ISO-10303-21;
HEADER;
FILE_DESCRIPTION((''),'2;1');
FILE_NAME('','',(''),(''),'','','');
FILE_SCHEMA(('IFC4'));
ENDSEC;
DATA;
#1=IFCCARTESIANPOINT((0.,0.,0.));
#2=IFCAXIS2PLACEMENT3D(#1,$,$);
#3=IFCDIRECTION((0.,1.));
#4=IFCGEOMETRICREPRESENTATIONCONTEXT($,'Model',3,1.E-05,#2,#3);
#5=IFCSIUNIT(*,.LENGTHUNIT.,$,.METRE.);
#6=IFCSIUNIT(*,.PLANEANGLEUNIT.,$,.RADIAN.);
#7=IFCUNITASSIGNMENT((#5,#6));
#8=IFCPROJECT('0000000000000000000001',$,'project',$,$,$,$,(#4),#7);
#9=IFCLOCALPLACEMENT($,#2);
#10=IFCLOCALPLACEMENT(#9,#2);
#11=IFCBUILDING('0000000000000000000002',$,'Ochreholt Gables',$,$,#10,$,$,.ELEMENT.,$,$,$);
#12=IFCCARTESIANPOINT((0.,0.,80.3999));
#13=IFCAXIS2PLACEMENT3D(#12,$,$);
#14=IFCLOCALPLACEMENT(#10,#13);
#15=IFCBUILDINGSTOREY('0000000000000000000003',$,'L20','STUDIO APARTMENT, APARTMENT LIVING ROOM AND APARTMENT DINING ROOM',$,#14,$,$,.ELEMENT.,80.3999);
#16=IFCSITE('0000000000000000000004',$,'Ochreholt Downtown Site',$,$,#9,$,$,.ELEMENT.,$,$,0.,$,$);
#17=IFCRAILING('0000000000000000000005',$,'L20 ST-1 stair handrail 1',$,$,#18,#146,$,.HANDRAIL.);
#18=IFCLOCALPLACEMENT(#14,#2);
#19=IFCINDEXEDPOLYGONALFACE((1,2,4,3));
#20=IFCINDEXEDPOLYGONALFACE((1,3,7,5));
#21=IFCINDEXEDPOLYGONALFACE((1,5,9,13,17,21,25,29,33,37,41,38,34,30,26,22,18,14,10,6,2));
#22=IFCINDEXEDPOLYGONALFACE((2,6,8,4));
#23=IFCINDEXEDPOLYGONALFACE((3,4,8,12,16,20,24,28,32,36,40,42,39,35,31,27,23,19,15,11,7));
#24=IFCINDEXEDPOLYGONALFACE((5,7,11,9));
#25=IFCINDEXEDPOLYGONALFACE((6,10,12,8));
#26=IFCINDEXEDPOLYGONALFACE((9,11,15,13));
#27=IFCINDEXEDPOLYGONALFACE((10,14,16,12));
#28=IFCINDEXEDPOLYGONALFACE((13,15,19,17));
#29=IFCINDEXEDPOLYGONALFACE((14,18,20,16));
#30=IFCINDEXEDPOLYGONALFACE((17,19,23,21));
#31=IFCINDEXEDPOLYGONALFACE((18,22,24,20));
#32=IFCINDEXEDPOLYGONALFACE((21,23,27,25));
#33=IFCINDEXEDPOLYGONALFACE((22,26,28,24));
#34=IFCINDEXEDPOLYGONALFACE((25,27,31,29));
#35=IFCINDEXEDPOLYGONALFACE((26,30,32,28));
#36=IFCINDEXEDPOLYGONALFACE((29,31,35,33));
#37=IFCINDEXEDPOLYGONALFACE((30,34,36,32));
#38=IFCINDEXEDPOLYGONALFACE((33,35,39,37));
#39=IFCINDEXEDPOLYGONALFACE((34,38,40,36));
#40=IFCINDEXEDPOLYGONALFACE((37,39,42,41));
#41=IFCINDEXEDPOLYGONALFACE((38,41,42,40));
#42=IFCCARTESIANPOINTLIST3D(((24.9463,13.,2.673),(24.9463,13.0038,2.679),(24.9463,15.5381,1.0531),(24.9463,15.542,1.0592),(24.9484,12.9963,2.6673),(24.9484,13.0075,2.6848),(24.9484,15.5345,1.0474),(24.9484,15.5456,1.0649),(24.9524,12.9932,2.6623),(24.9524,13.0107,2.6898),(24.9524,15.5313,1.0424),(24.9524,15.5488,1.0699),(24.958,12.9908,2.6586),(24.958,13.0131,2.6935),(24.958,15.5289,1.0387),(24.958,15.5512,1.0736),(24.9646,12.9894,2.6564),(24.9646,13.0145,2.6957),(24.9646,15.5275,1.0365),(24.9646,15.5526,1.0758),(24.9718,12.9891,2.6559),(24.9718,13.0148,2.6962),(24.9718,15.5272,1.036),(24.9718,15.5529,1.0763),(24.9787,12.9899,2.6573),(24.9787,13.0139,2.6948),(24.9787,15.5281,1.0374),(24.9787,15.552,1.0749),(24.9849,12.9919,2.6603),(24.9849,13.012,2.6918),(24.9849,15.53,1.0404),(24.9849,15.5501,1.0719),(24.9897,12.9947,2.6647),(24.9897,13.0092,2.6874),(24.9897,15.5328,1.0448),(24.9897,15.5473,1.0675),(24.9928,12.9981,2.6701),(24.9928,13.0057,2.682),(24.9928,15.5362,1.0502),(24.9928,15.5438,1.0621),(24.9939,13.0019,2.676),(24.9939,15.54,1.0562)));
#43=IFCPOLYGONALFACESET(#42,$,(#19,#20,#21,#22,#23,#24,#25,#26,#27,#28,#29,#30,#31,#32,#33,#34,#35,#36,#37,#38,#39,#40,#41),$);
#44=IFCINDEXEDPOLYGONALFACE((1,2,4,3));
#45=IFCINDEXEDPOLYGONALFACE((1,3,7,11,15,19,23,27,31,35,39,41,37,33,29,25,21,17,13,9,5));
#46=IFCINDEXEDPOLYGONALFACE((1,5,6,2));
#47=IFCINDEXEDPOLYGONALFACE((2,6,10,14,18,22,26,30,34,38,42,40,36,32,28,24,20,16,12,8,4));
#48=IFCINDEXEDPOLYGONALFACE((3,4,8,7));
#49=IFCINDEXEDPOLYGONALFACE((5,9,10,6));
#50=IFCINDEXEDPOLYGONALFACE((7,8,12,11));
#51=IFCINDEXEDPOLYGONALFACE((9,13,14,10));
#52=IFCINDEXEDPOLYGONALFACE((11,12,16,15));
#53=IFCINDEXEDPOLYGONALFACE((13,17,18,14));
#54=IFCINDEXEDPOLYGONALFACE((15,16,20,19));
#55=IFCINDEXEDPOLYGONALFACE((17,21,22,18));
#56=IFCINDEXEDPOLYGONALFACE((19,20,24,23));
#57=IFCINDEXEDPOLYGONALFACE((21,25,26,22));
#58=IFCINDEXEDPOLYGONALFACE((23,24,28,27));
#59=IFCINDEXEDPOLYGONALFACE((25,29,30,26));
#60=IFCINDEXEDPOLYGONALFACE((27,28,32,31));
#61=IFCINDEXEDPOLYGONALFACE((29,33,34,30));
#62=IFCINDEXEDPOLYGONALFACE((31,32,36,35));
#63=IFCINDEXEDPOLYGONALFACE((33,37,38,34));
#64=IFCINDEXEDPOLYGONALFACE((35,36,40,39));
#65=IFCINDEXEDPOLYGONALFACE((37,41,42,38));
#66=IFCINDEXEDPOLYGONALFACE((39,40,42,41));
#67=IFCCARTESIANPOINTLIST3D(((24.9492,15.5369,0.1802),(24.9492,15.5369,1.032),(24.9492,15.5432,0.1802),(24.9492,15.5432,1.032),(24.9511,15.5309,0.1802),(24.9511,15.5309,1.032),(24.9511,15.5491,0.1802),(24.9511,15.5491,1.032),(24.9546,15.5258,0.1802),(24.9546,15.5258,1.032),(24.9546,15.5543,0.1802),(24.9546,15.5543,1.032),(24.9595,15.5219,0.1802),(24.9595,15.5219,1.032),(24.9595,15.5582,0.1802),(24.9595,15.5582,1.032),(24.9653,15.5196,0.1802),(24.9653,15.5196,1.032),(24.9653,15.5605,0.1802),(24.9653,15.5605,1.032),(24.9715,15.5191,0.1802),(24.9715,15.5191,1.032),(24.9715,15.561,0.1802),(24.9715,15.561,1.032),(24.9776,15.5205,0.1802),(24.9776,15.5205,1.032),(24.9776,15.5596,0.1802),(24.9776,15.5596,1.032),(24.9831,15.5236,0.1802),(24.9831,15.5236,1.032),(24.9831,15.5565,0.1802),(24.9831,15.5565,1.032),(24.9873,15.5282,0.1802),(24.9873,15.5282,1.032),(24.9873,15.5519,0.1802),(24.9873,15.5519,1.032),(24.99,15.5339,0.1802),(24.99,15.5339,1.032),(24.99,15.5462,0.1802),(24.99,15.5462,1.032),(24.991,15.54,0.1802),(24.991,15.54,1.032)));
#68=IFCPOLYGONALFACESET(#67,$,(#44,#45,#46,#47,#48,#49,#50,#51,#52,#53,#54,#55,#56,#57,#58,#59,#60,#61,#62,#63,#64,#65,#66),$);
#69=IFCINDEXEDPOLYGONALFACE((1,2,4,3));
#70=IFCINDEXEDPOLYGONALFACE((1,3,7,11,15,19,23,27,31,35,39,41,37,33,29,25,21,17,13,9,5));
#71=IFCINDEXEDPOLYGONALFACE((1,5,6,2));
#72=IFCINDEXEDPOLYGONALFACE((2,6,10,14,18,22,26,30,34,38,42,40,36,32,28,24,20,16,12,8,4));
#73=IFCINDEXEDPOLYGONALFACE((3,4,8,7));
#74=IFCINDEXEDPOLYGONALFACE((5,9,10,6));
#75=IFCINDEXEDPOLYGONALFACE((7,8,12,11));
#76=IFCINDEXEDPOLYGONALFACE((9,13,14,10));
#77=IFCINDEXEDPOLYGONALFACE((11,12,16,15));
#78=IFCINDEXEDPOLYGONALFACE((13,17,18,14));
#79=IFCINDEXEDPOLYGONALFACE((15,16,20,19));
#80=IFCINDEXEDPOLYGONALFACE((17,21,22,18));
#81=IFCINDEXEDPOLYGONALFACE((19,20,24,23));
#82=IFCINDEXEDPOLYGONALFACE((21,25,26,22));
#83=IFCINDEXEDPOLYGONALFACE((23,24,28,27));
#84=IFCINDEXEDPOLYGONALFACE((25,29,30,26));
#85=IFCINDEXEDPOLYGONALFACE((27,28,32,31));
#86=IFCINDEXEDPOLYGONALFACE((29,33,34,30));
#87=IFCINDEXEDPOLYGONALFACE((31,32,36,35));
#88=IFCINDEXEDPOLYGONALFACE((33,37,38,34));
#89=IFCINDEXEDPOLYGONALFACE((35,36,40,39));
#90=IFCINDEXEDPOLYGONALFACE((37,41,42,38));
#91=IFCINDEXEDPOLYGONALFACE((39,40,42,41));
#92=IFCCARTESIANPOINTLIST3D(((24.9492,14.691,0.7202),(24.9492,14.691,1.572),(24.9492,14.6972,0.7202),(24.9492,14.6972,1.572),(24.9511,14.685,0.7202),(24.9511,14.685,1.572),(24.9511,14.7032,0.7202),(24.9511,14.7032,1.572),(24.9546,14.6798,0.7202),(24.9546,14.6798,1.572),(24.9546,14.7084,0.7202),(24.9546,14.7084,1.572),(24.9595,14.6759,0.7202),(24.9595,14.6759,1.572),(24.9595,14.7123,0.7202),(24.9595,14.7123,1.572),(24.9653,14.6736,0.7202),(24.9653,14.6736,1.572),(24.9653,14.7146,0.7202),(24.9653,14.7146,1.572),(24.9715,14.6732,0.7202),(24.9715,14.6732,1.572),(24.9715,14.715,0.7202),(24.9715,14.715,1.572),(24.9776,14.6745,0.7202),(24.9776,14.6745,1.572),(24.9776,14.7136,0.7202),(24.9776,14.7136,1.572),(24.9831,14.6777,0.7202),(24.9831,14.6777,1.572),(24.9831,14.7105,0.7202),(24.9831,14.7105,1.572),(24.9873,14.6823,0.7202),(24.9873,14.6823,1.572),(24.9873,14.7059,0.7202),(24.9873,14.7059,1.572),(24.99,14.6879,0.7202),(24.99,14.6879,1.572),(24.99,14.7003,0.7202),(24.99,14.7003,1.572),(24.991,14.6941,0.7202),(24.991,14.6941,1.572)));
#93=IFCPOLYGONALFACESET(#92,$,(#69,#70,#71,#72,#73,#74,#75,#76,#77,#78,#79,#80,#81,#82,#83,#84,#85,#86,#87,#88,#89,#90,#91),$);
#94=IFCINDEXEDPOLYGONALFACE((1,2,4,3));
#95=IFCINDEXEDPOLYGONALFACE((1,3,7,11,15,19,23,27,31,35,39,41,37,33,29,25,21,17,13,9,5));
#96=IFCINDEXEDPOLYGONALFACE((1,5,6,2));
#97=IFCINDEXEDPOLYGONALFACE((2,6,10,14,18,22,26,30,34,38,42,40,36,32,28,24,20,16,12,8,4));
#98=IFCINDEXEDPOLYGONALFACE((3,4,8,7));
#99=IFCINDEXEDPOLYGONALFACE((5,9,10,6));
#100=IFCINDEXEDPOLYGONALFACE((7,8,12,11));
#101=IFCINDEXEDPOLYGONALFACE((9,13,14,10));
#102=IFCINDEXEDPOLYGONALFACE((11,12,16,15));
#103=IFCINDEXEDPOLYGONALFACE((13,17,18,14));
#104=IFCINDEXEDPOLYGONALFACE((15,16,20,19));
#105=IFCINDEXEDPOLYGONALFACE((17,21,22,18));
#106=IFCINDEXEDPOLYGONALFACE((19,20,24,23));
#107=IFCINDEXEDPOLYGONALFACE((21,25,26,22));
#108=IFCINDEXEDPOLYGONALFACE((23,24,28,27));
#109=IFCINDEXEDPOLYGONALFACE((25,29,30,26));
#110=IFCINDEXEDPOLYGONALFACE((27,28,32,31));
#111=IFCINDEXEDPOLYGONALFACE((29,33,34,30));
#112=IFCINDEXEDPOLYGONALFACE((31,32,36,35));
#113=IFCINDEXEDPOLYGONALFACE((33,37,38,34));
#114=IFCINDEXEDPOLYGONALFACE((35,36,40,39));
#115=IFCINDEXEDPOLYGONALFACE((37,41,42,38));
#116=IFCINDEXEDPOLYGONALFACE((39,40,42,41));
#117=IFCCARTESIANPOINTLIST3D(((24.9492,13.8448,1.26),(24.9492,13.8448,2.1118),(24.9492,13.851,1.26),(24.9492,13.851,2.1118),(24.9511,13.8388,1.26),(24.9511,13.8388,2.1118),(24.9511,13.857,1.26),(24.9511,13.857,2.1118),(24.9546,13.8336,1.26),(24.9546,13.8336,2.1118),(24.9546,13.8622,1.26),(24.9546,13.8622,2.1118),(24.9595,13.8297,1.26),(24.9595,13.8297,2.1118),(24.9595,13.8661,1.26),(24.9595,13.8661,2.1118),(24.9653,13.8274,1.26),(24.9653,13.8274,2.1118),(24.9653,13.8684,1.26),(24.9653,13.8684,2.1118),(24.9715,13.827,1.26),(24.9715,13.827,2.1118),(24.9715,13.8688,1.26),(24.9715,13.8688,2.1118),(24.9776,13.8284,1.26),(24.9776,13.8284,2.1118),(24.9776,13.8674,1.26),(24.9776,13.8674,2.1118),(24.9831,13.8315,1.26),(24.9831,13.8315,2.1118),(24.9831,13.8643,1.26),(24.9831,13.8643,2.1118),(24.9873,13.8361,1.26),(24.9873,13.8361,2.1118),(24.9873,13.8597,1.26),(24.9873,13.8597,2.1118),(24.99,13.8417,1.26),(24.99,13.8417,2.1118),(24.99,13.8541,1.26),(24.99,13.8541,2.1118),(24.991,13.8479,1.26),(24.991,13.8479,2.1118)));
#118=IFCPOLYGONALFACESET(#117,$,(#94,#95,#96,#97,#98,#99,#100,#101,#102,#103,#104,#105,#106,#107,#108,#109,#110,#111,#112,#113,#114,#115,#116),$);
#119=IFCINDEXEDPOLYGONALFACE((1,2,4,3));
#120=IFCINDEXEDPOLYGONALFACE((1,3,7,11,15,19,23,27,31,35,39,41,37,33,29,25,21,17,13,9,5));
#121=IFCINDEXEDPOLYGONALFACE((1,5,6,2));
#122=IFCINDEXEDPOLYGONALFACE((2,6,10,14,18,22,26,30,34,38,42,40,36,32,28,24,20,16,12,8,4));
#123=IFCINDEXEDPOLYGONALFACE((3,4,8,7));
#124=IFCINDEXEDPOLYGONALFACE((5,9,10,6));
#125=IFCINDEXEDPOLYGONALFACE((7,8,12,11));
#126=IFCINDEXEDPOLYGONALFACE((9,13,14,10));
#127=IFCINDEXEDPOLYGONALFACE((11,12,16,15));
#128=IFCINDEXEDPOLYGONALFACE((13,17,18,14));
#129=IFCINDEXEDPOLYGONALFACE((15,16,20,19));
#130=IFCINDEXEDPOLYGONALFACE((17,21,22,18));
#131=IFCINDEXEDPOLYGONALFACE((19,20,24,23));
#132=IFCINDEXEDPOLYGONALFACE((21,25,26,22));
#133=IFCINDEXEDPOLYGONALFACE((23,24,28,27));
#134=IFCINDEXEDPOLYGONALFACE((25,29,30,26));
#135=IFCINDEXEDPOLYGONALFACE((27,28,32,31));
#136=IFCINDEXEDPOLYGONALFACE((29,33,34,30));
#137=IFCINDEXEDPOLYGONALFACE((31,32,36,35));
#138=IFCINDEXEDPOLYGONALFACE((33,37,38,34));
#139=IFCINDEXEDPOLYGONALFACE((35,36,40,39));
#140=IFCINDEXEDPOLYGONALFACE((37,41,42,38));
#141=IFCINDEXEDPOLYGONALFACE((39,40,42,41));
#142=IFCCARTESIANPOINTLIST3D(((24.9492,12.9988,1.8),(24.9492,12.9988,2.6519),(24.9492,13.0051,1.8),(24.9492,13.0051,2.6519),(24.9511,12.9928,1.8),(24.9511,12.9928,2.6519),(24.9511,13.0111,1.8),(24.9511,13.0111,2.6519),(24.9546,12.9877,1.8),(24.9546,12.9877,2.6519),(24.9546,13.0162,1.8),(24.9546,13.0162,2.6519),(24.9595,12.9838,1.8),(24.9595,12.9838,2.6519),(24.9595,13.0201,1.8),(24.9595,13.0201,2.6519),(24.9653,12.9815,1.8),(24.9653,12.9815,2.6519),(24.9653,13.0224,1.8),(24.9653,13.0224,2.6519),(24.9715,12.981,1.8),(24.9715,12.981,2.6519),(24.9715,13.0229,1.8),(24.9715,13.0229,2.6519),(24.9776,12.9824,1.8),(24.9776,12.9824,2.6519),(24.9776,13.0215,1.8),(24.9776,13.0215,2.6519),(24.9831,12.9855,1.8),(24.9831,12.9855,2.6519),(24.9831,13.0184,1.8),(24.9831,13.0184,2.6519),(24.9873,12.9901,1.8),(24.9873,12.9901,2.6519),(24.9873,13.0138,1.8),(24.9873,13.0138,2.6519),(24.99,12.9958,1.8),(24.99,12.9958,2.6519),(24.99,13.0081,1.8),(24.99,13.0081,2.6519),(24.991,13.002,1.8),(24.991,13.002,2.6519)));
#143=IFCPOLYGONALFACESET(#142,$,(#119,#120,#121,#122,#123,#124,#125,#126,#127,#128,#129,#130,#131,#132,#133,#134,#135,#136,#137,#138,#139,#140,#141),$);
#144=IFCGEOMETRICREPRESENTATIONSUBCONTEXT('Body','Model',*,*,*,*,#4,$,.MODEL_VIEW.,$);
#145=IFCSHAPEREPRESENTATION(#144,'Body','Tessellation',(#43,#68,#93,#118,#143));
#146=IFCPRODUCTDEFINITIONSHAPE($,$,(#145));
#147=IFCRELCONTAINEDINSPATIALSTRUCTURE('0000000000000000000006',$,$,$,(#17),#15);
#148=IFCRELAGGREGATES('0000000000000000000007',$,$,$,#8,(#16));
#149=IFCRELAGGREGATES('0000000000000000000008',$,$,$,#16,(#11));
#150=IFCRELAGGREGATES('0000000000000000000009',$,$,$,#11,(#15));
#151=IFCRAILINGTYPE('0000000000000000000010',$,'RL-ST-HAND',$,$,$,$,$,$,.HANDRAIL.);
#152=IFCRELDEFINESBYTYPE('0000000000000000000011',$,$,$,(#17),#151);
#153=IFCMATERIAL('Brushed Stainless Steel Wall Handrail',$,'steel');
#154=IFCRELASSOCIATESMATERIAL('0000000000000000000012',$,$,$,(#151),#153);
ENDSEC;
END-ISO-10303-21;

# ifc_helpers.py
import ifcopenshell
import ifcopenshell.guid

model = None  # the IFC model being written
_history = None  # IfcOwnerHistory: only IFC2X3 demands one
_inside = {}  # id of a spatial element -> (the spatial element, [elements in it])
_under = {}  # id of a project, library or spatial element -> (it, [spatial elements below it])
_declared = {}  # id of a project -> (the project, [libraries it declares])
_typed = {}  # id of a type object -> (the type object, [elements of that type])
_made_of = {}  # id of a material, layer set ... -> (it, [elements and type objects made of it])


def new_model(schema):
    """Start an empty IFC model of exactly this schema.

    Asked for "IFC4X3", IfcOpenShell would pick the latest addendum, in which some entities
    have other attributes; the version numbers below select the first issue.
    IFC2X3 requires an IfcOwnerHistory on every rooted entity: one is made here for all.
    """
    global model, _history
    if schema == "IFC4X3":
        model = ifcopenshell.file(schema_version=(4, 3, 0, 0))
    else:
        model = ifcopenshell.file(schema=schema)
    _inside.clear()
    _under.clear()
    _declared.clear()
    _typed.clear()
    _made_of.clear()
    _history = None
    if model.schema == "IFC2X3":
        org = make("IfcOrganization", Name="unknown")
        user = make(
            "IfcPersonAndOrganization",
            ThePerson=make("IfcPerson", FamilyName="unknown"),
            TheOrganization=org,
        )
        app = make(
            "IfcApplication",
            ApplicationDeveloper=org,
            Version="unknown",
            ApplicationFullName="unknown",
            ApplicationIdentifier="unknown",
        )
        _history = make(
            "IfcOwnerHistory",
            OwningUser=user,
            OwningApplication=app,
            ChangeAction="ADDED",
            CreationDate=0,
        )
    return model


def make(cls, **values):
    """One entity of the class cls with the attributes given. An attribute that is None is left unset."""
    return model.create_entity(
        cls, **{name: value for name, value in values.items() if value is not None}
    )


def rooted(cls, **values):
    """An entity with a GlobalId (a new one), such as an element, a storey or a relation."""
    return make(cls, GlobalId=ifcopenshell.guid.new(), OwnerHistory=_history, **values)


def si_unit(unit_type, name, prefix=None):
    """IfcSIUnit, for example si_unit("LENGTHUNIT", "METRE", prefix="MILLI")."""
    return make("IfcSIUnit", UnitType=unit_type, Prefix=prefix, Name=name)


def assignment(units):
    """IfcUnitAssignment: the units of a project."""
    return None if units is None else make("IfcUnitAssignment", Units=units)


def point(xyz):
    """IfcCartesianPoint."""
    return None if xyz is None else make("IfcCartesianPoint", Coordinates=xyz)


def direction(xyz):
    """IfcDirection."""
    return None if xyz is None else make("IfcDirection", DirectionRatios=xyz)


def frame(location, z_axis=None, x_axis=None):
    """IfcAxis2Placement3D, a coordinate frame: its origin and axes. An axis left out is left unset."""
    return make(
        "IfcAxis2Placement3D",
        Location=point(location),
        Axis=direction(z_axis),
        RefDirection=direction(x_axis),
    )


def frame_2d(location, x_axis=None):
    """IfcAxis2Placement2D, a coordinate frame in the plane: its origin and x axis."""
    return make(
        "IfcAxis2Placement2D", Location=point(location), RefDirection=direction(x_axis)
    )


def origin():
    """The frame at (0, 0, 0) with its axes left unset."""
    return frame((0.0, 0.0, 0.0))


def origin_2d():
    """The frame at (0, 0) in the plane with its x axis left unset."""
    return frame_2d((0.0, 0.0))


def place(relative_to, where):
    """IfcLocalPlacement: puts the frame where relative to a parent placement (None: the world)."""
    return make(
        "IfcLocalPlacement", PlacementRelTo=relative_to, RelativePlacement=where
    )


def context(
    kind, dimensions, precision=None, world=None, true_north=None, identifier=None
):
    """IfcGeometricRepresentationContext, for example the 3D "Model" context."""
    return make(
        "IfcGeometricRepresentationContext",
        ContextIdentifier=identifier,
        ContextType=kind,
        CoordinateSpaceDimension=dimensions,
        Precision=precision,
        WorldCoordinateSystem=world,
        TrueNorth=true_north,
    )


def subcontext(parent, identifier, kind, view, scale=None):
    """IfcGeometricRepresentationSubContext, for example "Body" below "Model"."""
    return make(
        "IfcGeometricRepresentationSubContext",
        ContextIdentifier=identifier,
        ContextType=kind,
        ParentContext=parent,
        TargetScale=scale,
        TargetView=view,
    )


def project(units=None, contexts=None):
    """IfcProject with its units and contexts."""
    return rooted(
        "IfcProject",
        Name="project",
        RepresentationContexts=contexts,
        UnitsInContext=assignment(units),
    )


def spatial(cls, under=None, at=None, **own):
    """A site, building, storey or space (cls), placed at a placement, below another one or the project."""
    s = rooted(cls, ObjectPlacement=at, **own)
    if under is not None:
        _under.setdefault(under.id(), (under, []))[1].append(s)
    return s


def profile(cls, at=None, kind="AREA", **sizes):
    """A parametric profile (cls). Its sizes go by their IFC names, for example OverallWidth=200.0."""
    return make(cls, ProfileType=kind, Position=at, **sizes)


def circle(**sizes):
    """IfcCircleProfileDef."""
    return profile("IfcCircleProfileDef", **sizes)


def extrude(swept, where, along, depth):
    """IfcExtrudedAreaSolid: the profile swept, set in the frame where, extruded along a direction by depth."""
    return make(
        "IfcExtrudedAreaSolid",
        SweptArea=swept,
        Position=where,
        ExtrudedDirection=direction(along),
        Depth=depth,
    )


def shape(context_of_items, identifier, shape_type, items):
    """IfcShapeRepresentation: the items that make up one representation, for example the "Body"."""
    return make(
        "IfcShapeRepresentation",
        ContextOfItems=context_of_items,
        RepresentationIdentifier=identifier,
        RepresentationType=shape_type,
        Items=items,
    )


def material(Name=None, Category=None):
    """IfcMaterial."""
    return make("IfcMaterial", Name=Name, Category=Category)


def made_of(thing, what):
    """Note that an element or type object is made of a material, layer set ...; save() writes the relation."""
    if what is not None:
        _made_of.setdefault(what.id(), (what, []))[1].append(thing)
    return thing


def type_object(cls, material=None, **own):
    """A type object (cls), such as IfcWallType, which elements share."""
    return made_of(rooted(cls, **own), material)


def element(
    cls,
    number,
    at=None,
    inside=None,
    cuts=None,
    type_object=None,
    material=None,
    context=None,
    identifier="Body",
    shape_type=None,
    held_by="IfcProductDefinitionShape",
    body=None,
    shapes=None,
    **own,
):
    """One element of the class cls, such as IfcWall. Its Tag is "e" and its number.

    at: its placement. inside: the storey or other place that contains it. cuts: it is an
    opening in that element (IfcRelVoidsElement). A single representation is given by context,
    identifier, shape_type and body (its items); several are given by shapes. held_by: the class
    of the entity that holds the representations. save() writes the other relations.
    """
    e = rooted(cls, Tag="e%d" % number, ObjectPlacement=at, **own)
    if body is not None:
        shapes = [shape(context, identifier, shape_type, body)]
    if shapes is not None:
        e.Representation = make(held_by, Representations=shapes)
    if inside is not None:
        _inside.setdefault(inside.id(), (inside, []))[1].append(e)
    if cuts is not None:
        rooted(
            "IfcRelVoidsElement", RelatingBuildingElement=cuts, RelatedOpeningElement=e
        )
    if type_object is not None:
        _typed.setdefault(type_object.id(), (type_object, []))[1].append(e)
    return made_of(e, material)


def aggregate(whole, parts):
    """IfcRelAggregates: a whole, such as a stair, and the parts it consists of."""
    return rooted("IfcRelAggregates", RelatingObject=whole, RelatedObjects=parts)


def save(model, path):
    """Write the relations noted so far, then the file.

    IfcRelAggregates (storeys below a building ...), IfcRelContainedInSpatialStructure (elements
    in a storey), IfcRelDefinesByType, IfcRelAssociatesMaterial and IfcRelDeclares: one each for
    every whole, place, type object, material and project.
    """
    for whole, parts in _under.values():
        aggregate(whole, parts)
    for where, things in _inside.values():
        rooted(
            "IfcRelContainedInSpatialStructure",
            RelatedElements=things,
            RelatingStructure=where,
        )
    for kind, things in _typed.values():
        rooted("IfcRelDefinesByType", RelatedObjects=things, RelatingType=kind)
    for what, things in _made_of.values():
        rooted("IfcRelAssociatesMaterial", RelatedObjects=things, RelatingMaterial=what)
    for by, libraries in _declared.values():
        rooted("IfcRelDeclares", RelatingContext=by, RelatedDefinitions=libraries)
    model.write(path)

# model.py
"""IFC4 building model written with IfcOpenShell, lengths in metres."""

from ifc_helpers import new_model, si_unit, direction, frame, origin, origin_2d, place, context, subcontext, project, spatial, circle, extrude, material, type_object, element, save


model = new_model("IFC4")

# Units and contexts
model_context = context("Model", 3, precision=1e-05, world=origin(), true_north=direction((0.0, 1.0)))
body_context = subcontext(model_context, "Body", "Model", "MODEL_VIEW")
ifc_project = project(units=[si_unit("LENGTHUNIT", "METRE"), si_unit("PLANEANGLEUNIT", "RADIAN")], contexts=[model_context])

# Site, building, storey
site_placement = place(None, origin())
site = spatial("IfcSite", under=ifc_project, at=site_placement, Name="Ochreholt Downtown Site", CompositionType="ELEMENT", RefElevation=0.0)
building_placement = place(site_placement, origin())
building = spatial("IfcBuilding", under=site, at=building_placement, Name="Ochreholt Gables", CompositionType="ELEMENT")
storey_placement = place(building_placement, frame((0.0, 0.0, 80.3999)))
storey = spatial("IfcBuildingStorey", under=building, at=storey_placement, Name="L20", Description="STUDIO APARTMENT, APARTMENT LIVING ROOM AND APARTMENT DINING ROOM", CompositionType="ELEMENT", Elevation=80.3999)

# Railing
ifc_material_1 = material(Name="Brushed Stainless Steel Wall Handrail", Category="steel")
railing_type_1 = type_object("IfcRailingType", Name="RL-ST-HAND", PredefinedType="HANDRAIL", material=ifc_material_1)
railing_1_placement = place(storey_placement, frame((24.97, 15.54, 0.1802)))
element("IfcRailing", 1, at=railing_1_placement, inside=storey, type_object=railing_type_1, Name="L20 ST-1 stair handrail 1", PredefinedType="HANDRAIL", context=body_context, shape_type="SweptSolid", body=[
    extrude(circle(Radius=0.0239, at=origin_2d()), frame((0.0, 0.0, 0.876), z_axis=(0.0, -0.84295, 0.537993), x_axis=(1.0, 0.0, 0.0)), (0.0, 0.0, 1.0), 3.011),
    extrude(circle(Radius=0.021, at=origin_2d()), origin(), (0.0, 0.0, 1.0), 0.8518),
    extrude(circle(Radius=0.021, at=origin_2d()), frame((0.0, -0.8459, 0.54)), (0.0, 0.0, 1.0), 0.8518),
    extrude(circle(Radius=0.021, at=origin_2d()), frame((0.0, -1.6921, 1.0798)), (0.0, 0.0, 1.0), 0.8518),
    extrude(circle(Radius=0.021, at=origin_2d()), frame((0.0, -2.5381, 1.6199)), (0.0, 0.0, 1.0), 0.8518),
])

save(model, "model.ifc")
